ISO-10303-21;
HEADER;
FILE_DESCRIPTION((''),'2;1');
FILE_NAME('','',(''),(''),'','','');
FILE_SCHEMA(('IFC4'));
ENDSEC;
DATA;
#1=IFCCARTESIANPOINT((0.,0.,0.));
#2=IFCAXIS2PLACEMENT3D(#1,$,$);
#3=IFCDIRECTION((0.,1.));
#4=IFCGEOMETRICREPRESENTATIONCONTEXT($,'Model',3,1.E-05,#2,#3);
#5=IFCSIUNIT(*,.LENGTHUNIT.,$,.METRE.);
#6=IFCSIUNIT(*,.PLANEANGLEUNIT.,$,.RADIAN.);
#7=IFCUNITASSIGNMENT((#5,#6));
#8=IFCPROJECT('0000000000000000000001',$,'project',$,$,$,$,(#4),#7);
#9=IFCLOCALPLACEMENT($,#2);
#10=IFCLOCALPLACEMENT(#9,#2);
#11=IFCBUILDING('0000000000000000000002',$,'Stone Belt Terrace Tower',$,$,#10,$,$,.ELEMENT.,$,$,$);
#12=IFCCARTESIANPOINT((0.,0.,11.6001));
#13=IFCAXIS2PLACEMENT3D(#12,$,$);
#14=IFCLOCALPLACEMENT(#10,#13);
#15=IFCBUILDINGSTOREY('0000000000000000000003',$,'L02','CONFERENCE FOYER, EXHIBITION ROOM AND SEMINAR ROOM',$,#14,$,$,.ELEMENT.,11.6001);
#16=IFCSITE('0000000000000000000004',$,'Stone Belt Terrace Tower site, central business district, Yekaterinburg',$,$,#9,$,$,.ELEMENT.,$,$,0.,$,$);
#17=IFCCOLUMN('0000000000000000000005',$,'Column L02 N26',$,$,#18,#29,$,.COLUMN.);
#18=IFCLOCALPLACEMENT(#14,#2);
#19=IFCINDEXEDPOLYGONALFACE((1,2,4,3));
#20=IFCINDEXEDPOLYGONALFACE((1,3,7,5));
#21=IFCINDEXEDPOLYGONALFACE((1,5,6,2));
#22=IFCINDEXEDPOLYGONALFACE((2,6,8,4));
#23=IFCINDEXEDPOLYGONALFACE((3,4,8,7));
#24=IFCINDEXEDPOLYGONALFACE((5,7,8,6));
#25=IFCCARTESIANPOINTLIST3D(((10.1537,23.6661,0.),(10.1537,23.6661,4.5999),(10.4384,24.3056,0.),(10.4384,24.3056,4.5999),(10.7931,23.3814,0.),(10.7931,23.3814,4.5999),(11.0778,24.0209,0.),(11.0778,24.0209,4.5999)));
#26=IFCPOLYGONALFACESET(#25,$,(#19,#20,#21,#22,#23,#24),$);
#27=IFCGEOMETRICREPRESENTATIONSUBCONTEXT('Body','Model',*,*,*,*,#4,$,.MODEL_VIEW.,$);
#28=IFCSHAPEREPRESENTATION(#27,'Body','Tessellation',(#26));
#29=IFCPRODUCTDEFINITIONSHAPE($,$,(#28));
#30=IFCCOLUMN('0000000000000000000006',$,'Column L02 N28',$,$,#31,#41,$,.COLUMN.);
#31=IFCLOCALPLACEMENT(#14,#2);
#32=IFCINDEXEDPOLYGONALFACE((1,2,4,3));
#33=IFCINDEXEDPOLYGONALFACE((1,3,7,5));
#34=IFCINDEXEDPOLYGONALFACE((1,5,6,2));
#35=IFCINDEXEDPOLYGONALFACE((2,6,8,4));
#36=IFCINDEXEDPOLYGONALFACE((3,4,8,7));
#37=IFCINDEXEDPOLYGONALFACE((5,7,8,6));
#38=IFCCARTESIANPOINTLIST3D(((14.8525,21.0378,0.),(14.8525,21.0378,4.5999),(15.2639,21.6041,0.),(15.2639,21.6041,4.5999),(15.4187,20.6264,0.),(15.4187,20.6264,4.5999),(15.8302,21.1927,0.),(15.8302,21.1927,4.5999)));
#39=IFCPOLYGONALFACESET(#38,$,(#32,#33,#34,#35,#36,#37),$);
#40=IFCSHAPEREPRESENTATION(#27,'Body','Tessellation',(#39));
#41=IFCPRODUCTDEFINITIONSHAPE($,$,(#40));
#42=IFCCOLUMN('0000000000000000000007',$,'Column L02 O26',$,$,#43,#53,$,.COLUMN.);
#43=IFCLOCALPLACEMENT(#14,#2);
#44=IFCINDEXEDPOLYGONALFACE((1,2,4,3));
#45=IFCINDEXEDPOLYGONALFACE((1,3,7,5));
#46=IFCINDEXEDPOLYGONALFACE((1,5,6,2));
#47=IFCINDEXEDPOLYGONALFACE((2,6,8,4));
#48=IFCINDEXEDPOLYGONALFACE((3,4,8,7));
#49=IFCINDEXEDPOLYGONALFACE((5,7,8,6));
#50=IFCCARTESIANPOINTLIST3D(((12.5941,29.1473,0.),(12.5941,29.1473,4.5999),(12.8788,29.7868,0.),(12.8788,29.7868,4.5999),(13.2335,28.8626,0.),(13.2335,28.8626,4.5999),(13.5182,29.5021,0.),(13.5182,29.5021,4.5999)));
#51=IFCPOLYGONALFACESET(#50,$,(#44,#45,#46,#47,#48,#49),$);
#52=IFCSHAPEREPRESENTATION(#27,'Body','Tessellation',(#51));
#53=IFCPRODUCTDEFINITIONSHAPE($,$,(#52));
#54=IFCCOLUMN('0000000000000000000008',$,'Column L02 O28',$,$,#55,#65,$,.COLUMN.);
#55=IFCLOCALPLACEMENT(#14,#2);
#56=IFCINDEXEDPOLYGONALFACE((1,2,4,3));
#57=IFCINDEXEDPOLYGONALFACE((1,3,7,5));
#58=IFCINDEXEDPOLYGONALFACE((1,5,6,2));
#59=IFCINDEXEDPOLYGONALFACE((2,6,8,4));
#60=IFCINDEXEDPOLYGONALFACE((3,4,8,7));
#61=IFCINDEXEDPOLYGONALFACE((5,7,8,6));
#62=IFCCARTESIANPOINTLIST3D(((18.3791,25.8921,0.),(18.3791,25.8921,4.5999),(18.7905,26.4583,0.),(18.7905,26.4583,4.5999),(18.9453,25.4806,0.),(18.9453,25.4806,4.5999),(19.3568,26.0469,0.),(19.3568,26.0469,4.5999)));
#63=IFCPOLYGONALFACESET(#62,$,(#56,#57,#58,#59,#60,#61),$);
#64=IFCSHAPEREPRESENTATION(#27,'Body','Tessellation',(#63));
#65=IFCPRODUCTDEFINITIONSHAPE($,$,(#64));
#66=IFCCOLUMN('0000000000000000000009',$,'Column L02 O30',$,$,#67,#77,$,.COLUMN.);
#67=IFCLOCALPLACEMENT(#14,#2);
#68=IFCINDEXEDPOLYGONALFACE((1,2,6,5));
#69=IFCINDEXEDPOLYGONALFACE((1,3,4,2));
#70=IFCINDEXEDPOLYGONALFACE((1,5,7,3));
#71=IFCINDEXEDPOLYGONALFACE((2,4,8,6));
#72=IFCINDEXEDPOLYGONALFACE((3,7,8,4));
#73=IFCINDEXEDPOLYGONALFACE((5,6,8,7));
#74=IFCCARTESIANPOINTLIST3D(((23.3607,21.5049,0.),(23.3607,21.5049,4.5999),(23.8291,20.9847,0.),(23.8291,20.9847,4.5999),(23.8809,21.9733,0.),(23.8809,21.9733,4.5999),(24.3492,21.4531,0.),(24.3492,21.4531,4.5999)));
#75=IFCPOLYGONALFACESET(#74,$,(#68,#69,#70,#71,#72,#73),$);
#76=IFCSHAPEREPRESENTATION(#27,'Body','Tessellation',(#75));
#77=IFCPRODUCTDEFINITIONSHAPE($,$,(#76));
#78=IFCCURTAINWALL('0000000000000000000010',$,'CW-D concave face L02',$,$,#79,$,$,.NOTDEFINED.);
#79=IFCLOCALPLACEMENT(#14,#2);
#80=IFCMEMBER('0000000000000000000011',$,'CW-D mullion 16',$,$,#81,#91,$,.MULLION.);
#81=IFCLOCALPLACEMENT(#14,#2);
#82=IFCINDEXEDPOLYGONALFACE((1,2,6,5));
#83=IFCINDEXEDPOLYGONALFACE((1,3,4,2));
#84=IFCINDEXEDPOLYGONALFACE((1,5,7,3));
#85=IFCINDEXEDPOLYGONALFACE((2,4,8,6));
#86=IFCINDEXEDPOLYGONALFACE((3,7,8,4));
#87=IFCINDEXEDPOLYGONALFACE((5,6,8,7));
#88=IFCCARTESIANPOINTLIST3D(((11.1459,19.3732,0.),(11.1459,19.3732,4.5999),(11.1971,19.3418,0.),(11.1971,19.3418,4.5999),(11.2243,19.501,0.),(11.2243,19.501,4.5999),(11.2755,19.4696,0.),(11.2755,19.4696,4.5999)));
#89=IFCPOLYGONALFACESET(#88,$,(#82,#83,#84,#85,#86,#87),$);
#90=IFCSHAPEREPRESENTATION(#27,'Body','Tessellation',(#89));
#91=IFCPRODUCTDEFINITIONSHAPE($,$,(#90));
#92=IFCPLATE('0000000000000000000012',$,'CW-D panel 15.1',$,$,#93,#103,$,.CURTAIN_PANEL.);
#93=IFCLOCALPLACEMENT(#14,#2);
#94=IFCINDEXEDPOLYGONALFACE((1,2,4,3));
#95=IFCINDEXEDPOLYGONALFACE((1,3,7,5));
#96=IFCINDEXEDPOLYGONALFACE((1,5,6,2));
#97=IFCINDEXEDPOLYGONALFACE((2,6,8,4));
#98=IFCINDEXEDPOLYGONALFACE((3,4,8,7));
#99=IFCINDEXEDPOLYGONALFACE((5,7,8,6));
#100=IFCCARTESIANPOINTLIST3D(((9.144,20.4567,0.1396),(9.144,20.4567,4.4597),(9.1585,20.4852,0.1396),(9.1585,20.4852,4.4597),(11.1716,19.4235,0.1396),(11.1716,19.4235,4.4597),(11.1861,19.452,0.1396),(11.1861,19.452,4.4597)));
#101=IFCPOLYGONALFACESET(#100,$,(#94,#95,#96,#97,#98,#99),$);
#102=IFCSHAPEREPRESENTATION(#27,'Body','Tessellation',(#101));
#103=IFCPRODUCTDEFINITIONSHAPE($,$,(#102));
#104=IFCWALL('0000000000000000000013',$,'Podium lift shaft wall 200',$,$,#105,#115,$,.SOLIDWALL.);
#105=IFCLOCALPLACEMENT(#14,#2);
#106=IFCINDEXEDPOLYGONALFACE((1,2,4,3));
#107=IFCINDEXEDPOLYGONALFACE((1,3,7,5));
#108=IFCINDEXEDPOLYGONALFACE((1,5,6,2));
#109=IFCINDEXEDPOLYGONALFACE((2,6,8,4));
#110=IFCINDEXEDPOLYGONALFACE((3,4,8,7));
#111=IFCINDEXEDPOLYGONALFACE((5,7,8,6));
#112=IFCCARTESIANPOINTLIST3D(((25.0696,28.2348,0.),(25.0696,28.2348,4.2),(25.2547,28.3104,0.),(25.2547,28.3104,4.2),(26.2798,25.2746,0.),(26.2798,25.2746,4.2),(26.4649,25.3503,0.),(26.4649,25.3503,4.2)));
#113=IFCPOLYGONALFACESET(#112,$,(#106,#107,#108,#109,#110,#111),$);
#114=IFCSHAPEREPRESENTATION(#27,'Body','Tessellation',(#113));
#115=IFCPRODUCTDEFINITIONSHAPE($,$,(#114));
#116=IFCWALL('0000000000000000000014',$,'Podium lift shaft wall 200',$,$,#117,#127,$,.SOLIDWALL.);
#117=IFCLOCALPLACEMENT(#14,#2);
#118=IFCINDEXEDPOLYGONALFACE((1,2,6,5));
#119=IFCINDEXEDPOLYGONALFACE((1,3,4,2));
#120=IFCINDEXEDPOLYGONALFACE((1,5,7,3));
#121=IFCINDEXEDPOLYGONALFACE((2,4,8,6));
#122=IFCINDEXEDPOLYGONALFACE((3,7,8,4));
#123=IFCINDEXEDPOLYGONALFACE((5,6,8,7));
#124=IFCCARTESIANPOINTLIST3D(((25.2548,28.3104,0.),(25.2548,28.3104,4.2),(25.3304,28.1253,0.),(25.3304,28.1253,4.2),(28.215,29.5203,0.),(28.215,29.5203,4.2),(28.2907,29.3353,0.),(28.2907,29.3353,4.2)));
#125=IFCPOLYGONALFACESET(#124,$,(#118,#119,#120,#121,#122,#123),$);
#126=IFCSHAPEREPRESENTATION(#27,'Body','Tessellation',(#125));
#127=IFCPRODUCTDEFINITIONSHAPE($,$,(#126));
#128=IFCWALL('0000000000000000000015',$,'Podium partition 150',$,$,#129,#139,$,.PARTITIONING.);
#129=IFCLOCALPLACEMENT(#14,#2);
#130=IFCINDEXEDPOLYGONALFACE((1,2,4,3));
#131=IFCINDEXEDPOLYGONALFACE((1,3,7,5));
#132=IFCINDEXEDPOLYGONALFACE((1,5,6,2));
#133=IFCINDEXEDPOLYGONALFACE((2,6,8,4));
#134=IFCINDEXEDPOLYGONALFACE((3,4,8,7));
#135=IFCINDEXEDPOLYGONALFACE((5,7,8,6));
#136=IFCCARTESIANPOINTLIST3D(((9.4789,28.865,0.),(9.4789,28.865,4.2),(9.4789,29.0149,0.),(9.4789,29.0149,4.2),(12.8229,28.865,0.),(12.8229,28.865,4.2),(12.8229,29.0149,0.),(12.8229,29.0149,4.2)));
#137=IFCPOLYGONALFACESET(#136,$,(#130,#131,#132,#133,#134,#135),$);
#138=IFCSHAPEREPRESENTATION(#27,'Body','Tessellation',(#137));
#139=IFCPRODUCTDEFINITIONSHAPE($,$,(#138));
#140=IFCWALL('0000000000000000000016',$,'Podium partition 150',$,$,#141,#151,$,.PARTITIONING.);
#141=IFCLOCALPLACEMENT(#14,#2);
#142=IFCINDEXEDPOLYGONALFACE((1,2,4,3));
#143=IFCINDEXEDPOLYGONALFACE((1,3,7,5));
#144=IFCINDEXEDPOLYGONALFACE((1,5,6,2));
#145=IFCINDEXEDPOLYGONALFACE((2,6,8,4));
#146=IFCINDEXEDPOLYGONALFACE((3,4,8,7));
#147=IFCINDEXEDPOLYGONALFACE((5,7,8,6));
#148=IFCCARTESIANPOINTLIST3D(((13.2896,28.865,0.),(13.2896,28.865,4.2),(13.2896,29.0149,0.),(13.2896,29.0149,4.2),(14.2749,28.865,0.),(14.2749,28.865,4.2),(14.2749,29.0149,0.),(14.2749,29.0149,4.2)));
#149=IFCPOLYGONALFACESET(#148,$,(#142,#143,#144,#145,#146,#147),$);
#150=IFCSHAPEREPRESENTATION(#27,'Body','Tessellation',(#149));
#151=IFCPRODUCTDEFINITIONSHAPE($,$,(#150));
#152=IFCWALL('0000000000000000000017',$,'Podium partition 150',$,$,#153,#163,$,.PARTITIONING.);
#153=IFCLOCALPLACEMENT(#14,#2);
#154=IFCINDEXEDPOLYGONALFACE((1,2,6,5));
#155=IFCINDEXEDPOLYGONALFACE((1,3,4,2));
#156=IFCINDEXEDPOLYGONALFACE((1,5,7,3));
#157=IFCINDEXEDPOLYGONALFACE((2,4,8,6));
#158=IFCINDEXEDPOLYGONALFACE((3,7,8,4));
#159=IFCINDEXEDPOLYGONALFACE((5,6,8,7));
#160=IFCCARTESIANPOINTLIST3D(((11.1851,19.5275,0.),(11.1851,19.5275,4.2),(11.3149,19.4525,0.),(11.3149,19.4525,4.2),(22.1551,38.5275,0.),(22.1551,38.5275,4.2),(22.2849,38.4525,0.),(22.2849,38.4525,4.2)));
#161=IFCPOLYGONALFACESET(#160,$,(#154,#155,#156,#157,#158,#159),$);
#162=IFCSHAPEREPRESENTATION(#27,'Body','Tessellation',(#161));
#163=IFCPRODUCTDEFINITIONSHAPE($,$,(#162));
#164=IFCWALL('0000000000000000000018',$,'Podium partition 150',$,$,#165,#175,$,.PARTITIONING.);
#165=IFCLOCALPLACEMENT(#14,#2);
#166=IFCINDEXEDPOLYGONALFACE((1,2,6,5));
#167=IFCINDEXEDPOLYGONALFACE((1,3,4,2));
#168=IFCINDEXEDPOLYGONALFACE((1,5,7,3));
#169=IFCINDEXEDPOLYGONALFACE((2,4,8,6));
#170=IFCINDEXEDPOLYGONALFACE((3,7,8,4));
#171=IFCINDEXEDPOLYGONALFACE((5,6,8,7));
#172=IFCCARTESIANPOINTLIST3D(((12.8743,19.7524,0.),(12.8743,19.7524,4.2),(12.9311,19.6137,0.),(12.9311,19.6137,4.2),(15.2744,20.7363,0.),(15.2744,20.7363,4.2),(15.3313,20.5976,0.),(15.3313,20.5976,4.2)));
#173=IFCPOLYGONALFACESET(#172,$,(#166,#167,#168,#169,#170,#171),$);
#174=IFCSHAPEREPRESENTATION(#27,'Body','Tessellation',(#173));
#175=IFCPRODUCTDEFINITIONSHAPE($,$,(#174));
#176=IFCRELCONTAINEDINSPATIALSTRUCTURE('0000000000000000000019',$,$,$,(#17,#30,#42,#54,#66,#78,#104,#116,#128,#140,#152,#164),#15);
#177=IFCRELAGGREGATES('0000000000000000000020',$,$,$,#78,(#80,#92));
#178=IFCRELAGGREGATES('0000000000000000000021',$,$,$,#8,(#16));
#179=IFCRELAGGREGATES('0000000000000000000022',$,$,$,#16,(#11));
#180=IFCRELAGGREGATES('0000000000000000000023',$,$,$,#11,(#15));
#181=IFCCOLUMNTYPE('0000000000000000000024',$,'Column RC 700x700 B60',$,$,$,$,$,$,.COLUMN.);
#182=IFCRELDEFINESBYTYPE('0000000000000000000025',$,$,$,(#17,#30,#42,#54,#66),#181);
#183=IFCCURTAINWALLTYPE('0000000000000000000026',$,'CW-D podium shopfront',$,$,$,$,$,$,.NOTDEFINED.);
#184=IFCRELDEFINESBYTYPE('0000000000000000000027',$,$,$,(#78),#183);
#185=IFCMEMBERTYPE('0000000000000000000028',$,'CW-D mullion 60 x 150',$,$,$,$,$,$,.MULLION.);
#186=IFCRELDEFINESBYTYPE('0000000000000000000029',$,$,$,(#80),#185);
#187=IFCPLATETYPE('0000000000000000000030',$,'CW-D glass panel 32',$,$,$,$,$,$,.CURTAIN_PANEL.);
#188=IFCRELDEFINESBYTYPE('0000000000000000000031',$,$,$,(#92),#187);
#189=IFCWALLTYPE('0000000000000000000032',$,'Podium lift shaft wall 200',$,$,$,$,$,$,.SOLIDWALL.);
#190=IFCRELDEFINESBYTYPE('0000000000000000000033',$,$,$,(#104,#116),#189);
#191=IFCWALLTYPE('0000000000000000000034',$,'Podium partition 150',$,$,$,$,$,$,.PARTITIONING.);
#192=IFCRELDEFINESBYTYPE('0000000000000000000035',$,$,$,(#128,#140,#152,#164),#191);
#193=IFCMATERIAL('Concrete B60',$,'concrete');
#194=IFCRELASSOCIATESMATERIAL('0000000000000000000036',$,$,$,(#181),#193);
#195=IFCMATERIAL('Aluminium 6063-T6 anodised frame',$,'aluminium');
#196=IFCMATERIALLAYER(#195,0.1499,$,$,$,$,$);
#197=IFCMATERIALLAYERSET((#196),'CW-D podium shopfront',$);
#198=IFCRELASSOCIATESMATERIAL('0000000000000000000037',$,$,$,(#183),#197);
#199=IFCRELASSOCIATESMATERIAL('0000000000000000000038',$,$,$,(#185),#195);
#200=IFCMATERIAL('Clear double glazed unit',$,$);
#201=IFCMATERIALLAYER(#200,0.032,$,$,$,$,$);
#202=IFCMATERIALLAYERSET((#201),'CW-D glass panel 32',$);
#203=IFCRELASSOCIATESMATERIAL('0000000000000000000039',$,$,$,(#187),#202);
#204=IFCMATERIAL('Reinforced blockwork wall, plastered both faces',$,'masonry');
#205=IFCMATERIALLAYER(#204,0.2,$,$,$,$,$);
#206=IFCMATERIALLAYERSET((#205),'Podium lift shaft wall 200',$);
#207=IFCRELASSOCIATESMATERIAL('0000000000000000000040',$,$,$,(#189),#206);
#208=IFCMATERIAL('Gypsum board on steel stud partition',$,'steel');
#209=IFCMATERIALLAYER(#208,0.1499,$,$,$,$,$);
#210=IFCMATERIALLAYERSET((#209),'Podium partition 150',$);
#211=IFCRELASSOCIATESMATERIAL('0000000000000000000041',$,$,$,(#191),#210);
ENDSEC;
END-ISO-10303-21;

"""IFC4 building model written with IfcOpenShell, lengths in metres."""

from ifc_helpers import new_model, si_unit, direction, frame, frame_2d, origin, origin_2d, place, context, subcontext, project, spatial, rectangle, extrude, material, layer, layer_set, material_profile, profile_set, type_object, element, aggregate, save


model = new_model("IFC4")

# Units and contexts
model_context = context("Model", 3, precision=1e-05, world=origin(), true_north=direction((0.0, 1.0)))
body_context = subcontext(model_context, "Body", "Model", "MODEL_VIEW")
ifc_project = project(units=[si_unit("LENGTHUNIT", "METRE"), si_unit("PLANEANGLEUNIT", "RADIAN")], contexts=[model_context])

# Site, building, storey
site_placement = place(None, origin())
site = spatial("IfcSite", under=ifc_project, at=site_placement, Name="Stone Belt Terrace Tower site, central business district, Yekaterinburg", CompositionType="ELEMENT", RefElevation=0.0)
building_placement = place(site_placement, origin())
building = spatial("IfcBuilding", under=site, at=building_placement, Name="Stone Belt Terrace Tower", CompositionType="ELEMENT")
storey_placement = place(building_placement, frame((0.0, 0.0, 11.6001)))
storey = spatial("IfcBuildingStorey", under=building, at=storey_placement, Name="L02", Description="CONFERENCE FOYER, EXHIBITION ROOM AND SEMINAR ROOM", CompositionType="ELEMENT", Elevation=11.6001)

# Columns
ifc_material_1 = material(Name="Concrete B60", Category="concrete")
ifc_material_profile_1 = material_profile(ifc_material_1, rectangle(XDim=0.7, YDim=0.7, at=origin_2d()), Name="RC 700x700")
ifc_profile_set_1 = profile_set([ifc_material_profile_1], Name="Concrete B60")
column_type = type_object("IfcColumnType", Name="Column RC 700x700 B60", PredefinedType="COLUMN", material=ifc_profile_set_1)
for number, where, z_axis, x_axis, name in (
    (1, (10.6157, 23.8435, 0.0), (0.0, 0.0, 1.0), (0.913545, -0.406737, 0.0), "Column L02 N26"),
    (2, (15.3413, 21.1152, 0.0), (0.0, 0.0, 1.0), (0.809017, -0.587785, 0.0), "Column L02 N28"),
    (3, (13.0562, 29.3247, 0.0), (0.0, 0.0, 1.0), (0.913545, -0.406737, 0.0), "Column L02 O26"),
    (4, (18.8679, 25.9695, 0.0), (0.0, 0.0, 1.0), (0.809017, -0.587785, 0.0), "Column L02 O28"),
    (5, (23.855, 21.479, 0.0), (0.0, 0.0, 1.0), (0.669131, -0.743145, 0.0), "Column L02 O30"),
):
    element("IfcColumn", number, at=place(storey_placement, frame(where, z_axis=z_axis, x_axis=x_axis)), inside=storey, type_object=column_type, Name=name, PredefinedType="COLUMN", context=body_context, shape_type="SweptSolid", body=[
        extrude(rectangle(XDim=0.7, YDim=0.7, at=origin_2d()), origin(), (0.0, 0.0, 1.0), 4.5999),
    ])

# Curtain wall, member, plate
ifc_material_2 = material(Name="Aluminium 6063-T6 anodised frame", Category="aluminium")
ifc_layer_1 = layer(ifc_material_2, 0.1499)
ifc_layer_set_1 = layer_set([ifc_layer_1], Name="CW-D podium shopfront")
curtain_wall_type = type_object("IfcCurtainWallType", Name="CW-D podium shopfront", PredefinedType="NOTDEFINED", material=ifc_layer_set_1)
curtain_wall_placement = place(storey_placement, origin())
curtain_wall = element("IfcCurtainWall", 6, at=curtain_wall_placement, inside=storey, type_object=curtain_wall_type, Name="CW-D concave face L02", PredefinedType="NOTDEFINED")
ifc_material_profile_2 = material_profile(ifc_material_2, rectangle(XDim=0.1499, YDim=0.0601, at=origin_2d()), Name="Aluminium 6063-T6 60x150")
ifc_profile_set_2 = profile_set([ifc_material_profile_2], Name="Aluminium 6063-T6 anodised frame")
member_type = type_object("IfcMemberType", Name="CW-D mullion 60 x 150", PredefinedType="MULLION", material=ifc_profile_set_2)
member_placement = place(storey_placement, frame((11.2107, 19.4214, 0.0), z_axis=(0.0, 0.0, 1.0), x_axis=(0.522499, 0.85264, 0.0)))
member = element("IfcMember", 7, at=member_placement, type_object=member_type, Name="CW-D mullion 16", PredefinedType="MULLION", context=body_context, shape_type="SweptSolid", body=[
    extrude(rectangle(XDim=0.1499, YDim=0.0601, at=origin_2d()), origin(), (0.0, 0.0, 1.0), 4.5999),
])
ifc_material_3 = material(Name="Clear double glazed unit")
ifc_layer_2 = layer(ifc_material_3, 0.032)
ifc_layer_set_2 = layer_set([ifc_layer_2], Name="CW-D glass panel 32")
plate_type = type_object("IfcPlateType", Name="CW-D glass panel 32", PredefinedType="CURTAIN_PANEL", material=ifc_layer_set_2)
plate_placement = place(storey_placement, frame((10.165, 19.9543, 0.1396), z_axis=(0.0, 0.0, 1.0), x_axis=(0.891007, -0.45399, 0.0)))
plate = element("IfcPlate", 8, at=plate_placement, type_object=plate_type, Name="CW-D panel 15.1", PredefinedType="CURTAIN_PANEL", context=body_context, shape_type="SweptSolid", body=[
    extrude(rectangle(XDim=2.2756, YDim=0.032, at=origin_2d()), origin(), (0.0, 0.0, 1.0), 4.3201),
])
aggregate(curtain_wall, [member, plate])

# Walls
ifc_material_4 = material(Name="Reinforced blockwork wall, plastered both faces", Category="masonry")
ifc_layer_3 = layer(ifc_material_4, 0.2)
ifc_layer_set_3 = layer_set([ifc_layer_3], Name="Podium lift shaft wall 200")
wall_type_1 = type_object("IfcWallType", Name="Podium lift shaft wall 200", PredefinedType="SOLIDWALL", material=ifc_layer_set_3)
for number, where, z_axis, x_axis, name in (
    (9, (25.1621, 28.2727, 0.0), (0.0, 0.0, 1.0), (0.378422, -0.925633, 0.0), "Podium lift shaft wall 200"),
    (10, (25.2925, 28.2178, 0.0), (0.0, 0.0, 1.0), (0.92566, 0.378356, 0.0), "Podium lift shaft wall 200"),
):
    element("IfcWall", number, at=place(storey_placement, frame(where, z_axis=z_axis, x_axis=x_axis)), inside=storey, type_object=wall_type_1, Name=name, PredefinedType="SOLIDWALL", context=body_context, shape_type="SweptSolid", body=[
        extrude(rectangle(XDim=3.198, YDim=0.2, at=frame_2d((1.5991, 0.0))), origin(), (0.0, 0.0, 1.0), 4.2),
    ])
ifc_material_5 = material(Name="Gypsum board on steel stud partition", Category="steel")
ifc_layer_4 = layer(ifc_material_5, 0.1499)
ifc_layer_set_4 = layer_set([ifc_layer_4], Name="Podium partition 150")
wall_type_2 = type_object("IfcWallType", Name="Podium partition 150", PredefinedType="PARTITIONING", material=ifc_layer_set_4)
wall_1_placement = place(storey_placement, frame((9.479, 28.9399, 0.0), z_axis=(0.0, 0.0, 1.0), x_axis=(1.0, 0.0, 0.0)))
element("IfcWall", 11, at=wall_1_placement, inside=storey, type_object=wall_type_2, Name="Podium partition 150", PredefinedType="PARTITIONING", context=body_context, shape_type="SweptSolid", body=[
    extrude(rectangle(XDim=3.344, YDim=0.1499, at=frame_2d((1.6719, 0.0))), origin(), (0.0, 0.0, 1.0), 4.2),
])
wall_2_placement = place(storey_placement, frame((13.2896, 28.9399, 0.0), z_axis=(0.0, 0.0, 1.0), x_axis=(1.0, 0.0, 0.0)))
element("IfcWall", 12, at=wall_2_placement, inside=storey, type_object=wall_type_2, Name="Podium partition 150", PredefinedType="PARTITIONING", context=body_context, shape_type="SweptSolid", body=[
    extrude(rectangle(XDim=0.9854, YDim=0.1499, at=frame_2d((0.4927, 0.0))), origin(), (0.0, 0.0, 1.0), 4.2),
])
wall_3_placement = place(storey_placement, frame((11.25, 19.49, 0.0), z_axis=(0.0, 0.0, 1.0), x_axis=(0.500011, 0.866019, 0.0)))
element("IfcWall", 13, at=wall_3_placement, inside=storey, type_object=wall_type_2, Name="Podium partition 150", PredefinedType="PARTITIONING", context=body_context, shape_type="SweptSolid", body=[
    extrude(rectangle(XDim=21.9395, YDim=0.1499, at=frame_2d((10.9697, 0.0))), origin(), (0.0, 0.0, 1.0), 4.2),
])
wall_4_placement = place(storey_placement, frame((12.9028, 19.6831, 0.0), z_axis=(0.0, 0.0, 1.0), x_axis=(0.925275, 0.379296, 0.0)))
element("IfcWall", 14, at=wall_4_placement, inside=storey, type_object=wall_type_2, Name="Podium partition 150", PredefinedType="PARTITIONING", context=body_context, shape_type="SweptSolid", body=[
    extrude(rectangle(XDim=2.594, YDim=0.1499, at=frame_2d((1.2969, 0.0))), origin(), (0.0, 0.0, 1.0), 4.2),
])

save(model, "model.ifc")
